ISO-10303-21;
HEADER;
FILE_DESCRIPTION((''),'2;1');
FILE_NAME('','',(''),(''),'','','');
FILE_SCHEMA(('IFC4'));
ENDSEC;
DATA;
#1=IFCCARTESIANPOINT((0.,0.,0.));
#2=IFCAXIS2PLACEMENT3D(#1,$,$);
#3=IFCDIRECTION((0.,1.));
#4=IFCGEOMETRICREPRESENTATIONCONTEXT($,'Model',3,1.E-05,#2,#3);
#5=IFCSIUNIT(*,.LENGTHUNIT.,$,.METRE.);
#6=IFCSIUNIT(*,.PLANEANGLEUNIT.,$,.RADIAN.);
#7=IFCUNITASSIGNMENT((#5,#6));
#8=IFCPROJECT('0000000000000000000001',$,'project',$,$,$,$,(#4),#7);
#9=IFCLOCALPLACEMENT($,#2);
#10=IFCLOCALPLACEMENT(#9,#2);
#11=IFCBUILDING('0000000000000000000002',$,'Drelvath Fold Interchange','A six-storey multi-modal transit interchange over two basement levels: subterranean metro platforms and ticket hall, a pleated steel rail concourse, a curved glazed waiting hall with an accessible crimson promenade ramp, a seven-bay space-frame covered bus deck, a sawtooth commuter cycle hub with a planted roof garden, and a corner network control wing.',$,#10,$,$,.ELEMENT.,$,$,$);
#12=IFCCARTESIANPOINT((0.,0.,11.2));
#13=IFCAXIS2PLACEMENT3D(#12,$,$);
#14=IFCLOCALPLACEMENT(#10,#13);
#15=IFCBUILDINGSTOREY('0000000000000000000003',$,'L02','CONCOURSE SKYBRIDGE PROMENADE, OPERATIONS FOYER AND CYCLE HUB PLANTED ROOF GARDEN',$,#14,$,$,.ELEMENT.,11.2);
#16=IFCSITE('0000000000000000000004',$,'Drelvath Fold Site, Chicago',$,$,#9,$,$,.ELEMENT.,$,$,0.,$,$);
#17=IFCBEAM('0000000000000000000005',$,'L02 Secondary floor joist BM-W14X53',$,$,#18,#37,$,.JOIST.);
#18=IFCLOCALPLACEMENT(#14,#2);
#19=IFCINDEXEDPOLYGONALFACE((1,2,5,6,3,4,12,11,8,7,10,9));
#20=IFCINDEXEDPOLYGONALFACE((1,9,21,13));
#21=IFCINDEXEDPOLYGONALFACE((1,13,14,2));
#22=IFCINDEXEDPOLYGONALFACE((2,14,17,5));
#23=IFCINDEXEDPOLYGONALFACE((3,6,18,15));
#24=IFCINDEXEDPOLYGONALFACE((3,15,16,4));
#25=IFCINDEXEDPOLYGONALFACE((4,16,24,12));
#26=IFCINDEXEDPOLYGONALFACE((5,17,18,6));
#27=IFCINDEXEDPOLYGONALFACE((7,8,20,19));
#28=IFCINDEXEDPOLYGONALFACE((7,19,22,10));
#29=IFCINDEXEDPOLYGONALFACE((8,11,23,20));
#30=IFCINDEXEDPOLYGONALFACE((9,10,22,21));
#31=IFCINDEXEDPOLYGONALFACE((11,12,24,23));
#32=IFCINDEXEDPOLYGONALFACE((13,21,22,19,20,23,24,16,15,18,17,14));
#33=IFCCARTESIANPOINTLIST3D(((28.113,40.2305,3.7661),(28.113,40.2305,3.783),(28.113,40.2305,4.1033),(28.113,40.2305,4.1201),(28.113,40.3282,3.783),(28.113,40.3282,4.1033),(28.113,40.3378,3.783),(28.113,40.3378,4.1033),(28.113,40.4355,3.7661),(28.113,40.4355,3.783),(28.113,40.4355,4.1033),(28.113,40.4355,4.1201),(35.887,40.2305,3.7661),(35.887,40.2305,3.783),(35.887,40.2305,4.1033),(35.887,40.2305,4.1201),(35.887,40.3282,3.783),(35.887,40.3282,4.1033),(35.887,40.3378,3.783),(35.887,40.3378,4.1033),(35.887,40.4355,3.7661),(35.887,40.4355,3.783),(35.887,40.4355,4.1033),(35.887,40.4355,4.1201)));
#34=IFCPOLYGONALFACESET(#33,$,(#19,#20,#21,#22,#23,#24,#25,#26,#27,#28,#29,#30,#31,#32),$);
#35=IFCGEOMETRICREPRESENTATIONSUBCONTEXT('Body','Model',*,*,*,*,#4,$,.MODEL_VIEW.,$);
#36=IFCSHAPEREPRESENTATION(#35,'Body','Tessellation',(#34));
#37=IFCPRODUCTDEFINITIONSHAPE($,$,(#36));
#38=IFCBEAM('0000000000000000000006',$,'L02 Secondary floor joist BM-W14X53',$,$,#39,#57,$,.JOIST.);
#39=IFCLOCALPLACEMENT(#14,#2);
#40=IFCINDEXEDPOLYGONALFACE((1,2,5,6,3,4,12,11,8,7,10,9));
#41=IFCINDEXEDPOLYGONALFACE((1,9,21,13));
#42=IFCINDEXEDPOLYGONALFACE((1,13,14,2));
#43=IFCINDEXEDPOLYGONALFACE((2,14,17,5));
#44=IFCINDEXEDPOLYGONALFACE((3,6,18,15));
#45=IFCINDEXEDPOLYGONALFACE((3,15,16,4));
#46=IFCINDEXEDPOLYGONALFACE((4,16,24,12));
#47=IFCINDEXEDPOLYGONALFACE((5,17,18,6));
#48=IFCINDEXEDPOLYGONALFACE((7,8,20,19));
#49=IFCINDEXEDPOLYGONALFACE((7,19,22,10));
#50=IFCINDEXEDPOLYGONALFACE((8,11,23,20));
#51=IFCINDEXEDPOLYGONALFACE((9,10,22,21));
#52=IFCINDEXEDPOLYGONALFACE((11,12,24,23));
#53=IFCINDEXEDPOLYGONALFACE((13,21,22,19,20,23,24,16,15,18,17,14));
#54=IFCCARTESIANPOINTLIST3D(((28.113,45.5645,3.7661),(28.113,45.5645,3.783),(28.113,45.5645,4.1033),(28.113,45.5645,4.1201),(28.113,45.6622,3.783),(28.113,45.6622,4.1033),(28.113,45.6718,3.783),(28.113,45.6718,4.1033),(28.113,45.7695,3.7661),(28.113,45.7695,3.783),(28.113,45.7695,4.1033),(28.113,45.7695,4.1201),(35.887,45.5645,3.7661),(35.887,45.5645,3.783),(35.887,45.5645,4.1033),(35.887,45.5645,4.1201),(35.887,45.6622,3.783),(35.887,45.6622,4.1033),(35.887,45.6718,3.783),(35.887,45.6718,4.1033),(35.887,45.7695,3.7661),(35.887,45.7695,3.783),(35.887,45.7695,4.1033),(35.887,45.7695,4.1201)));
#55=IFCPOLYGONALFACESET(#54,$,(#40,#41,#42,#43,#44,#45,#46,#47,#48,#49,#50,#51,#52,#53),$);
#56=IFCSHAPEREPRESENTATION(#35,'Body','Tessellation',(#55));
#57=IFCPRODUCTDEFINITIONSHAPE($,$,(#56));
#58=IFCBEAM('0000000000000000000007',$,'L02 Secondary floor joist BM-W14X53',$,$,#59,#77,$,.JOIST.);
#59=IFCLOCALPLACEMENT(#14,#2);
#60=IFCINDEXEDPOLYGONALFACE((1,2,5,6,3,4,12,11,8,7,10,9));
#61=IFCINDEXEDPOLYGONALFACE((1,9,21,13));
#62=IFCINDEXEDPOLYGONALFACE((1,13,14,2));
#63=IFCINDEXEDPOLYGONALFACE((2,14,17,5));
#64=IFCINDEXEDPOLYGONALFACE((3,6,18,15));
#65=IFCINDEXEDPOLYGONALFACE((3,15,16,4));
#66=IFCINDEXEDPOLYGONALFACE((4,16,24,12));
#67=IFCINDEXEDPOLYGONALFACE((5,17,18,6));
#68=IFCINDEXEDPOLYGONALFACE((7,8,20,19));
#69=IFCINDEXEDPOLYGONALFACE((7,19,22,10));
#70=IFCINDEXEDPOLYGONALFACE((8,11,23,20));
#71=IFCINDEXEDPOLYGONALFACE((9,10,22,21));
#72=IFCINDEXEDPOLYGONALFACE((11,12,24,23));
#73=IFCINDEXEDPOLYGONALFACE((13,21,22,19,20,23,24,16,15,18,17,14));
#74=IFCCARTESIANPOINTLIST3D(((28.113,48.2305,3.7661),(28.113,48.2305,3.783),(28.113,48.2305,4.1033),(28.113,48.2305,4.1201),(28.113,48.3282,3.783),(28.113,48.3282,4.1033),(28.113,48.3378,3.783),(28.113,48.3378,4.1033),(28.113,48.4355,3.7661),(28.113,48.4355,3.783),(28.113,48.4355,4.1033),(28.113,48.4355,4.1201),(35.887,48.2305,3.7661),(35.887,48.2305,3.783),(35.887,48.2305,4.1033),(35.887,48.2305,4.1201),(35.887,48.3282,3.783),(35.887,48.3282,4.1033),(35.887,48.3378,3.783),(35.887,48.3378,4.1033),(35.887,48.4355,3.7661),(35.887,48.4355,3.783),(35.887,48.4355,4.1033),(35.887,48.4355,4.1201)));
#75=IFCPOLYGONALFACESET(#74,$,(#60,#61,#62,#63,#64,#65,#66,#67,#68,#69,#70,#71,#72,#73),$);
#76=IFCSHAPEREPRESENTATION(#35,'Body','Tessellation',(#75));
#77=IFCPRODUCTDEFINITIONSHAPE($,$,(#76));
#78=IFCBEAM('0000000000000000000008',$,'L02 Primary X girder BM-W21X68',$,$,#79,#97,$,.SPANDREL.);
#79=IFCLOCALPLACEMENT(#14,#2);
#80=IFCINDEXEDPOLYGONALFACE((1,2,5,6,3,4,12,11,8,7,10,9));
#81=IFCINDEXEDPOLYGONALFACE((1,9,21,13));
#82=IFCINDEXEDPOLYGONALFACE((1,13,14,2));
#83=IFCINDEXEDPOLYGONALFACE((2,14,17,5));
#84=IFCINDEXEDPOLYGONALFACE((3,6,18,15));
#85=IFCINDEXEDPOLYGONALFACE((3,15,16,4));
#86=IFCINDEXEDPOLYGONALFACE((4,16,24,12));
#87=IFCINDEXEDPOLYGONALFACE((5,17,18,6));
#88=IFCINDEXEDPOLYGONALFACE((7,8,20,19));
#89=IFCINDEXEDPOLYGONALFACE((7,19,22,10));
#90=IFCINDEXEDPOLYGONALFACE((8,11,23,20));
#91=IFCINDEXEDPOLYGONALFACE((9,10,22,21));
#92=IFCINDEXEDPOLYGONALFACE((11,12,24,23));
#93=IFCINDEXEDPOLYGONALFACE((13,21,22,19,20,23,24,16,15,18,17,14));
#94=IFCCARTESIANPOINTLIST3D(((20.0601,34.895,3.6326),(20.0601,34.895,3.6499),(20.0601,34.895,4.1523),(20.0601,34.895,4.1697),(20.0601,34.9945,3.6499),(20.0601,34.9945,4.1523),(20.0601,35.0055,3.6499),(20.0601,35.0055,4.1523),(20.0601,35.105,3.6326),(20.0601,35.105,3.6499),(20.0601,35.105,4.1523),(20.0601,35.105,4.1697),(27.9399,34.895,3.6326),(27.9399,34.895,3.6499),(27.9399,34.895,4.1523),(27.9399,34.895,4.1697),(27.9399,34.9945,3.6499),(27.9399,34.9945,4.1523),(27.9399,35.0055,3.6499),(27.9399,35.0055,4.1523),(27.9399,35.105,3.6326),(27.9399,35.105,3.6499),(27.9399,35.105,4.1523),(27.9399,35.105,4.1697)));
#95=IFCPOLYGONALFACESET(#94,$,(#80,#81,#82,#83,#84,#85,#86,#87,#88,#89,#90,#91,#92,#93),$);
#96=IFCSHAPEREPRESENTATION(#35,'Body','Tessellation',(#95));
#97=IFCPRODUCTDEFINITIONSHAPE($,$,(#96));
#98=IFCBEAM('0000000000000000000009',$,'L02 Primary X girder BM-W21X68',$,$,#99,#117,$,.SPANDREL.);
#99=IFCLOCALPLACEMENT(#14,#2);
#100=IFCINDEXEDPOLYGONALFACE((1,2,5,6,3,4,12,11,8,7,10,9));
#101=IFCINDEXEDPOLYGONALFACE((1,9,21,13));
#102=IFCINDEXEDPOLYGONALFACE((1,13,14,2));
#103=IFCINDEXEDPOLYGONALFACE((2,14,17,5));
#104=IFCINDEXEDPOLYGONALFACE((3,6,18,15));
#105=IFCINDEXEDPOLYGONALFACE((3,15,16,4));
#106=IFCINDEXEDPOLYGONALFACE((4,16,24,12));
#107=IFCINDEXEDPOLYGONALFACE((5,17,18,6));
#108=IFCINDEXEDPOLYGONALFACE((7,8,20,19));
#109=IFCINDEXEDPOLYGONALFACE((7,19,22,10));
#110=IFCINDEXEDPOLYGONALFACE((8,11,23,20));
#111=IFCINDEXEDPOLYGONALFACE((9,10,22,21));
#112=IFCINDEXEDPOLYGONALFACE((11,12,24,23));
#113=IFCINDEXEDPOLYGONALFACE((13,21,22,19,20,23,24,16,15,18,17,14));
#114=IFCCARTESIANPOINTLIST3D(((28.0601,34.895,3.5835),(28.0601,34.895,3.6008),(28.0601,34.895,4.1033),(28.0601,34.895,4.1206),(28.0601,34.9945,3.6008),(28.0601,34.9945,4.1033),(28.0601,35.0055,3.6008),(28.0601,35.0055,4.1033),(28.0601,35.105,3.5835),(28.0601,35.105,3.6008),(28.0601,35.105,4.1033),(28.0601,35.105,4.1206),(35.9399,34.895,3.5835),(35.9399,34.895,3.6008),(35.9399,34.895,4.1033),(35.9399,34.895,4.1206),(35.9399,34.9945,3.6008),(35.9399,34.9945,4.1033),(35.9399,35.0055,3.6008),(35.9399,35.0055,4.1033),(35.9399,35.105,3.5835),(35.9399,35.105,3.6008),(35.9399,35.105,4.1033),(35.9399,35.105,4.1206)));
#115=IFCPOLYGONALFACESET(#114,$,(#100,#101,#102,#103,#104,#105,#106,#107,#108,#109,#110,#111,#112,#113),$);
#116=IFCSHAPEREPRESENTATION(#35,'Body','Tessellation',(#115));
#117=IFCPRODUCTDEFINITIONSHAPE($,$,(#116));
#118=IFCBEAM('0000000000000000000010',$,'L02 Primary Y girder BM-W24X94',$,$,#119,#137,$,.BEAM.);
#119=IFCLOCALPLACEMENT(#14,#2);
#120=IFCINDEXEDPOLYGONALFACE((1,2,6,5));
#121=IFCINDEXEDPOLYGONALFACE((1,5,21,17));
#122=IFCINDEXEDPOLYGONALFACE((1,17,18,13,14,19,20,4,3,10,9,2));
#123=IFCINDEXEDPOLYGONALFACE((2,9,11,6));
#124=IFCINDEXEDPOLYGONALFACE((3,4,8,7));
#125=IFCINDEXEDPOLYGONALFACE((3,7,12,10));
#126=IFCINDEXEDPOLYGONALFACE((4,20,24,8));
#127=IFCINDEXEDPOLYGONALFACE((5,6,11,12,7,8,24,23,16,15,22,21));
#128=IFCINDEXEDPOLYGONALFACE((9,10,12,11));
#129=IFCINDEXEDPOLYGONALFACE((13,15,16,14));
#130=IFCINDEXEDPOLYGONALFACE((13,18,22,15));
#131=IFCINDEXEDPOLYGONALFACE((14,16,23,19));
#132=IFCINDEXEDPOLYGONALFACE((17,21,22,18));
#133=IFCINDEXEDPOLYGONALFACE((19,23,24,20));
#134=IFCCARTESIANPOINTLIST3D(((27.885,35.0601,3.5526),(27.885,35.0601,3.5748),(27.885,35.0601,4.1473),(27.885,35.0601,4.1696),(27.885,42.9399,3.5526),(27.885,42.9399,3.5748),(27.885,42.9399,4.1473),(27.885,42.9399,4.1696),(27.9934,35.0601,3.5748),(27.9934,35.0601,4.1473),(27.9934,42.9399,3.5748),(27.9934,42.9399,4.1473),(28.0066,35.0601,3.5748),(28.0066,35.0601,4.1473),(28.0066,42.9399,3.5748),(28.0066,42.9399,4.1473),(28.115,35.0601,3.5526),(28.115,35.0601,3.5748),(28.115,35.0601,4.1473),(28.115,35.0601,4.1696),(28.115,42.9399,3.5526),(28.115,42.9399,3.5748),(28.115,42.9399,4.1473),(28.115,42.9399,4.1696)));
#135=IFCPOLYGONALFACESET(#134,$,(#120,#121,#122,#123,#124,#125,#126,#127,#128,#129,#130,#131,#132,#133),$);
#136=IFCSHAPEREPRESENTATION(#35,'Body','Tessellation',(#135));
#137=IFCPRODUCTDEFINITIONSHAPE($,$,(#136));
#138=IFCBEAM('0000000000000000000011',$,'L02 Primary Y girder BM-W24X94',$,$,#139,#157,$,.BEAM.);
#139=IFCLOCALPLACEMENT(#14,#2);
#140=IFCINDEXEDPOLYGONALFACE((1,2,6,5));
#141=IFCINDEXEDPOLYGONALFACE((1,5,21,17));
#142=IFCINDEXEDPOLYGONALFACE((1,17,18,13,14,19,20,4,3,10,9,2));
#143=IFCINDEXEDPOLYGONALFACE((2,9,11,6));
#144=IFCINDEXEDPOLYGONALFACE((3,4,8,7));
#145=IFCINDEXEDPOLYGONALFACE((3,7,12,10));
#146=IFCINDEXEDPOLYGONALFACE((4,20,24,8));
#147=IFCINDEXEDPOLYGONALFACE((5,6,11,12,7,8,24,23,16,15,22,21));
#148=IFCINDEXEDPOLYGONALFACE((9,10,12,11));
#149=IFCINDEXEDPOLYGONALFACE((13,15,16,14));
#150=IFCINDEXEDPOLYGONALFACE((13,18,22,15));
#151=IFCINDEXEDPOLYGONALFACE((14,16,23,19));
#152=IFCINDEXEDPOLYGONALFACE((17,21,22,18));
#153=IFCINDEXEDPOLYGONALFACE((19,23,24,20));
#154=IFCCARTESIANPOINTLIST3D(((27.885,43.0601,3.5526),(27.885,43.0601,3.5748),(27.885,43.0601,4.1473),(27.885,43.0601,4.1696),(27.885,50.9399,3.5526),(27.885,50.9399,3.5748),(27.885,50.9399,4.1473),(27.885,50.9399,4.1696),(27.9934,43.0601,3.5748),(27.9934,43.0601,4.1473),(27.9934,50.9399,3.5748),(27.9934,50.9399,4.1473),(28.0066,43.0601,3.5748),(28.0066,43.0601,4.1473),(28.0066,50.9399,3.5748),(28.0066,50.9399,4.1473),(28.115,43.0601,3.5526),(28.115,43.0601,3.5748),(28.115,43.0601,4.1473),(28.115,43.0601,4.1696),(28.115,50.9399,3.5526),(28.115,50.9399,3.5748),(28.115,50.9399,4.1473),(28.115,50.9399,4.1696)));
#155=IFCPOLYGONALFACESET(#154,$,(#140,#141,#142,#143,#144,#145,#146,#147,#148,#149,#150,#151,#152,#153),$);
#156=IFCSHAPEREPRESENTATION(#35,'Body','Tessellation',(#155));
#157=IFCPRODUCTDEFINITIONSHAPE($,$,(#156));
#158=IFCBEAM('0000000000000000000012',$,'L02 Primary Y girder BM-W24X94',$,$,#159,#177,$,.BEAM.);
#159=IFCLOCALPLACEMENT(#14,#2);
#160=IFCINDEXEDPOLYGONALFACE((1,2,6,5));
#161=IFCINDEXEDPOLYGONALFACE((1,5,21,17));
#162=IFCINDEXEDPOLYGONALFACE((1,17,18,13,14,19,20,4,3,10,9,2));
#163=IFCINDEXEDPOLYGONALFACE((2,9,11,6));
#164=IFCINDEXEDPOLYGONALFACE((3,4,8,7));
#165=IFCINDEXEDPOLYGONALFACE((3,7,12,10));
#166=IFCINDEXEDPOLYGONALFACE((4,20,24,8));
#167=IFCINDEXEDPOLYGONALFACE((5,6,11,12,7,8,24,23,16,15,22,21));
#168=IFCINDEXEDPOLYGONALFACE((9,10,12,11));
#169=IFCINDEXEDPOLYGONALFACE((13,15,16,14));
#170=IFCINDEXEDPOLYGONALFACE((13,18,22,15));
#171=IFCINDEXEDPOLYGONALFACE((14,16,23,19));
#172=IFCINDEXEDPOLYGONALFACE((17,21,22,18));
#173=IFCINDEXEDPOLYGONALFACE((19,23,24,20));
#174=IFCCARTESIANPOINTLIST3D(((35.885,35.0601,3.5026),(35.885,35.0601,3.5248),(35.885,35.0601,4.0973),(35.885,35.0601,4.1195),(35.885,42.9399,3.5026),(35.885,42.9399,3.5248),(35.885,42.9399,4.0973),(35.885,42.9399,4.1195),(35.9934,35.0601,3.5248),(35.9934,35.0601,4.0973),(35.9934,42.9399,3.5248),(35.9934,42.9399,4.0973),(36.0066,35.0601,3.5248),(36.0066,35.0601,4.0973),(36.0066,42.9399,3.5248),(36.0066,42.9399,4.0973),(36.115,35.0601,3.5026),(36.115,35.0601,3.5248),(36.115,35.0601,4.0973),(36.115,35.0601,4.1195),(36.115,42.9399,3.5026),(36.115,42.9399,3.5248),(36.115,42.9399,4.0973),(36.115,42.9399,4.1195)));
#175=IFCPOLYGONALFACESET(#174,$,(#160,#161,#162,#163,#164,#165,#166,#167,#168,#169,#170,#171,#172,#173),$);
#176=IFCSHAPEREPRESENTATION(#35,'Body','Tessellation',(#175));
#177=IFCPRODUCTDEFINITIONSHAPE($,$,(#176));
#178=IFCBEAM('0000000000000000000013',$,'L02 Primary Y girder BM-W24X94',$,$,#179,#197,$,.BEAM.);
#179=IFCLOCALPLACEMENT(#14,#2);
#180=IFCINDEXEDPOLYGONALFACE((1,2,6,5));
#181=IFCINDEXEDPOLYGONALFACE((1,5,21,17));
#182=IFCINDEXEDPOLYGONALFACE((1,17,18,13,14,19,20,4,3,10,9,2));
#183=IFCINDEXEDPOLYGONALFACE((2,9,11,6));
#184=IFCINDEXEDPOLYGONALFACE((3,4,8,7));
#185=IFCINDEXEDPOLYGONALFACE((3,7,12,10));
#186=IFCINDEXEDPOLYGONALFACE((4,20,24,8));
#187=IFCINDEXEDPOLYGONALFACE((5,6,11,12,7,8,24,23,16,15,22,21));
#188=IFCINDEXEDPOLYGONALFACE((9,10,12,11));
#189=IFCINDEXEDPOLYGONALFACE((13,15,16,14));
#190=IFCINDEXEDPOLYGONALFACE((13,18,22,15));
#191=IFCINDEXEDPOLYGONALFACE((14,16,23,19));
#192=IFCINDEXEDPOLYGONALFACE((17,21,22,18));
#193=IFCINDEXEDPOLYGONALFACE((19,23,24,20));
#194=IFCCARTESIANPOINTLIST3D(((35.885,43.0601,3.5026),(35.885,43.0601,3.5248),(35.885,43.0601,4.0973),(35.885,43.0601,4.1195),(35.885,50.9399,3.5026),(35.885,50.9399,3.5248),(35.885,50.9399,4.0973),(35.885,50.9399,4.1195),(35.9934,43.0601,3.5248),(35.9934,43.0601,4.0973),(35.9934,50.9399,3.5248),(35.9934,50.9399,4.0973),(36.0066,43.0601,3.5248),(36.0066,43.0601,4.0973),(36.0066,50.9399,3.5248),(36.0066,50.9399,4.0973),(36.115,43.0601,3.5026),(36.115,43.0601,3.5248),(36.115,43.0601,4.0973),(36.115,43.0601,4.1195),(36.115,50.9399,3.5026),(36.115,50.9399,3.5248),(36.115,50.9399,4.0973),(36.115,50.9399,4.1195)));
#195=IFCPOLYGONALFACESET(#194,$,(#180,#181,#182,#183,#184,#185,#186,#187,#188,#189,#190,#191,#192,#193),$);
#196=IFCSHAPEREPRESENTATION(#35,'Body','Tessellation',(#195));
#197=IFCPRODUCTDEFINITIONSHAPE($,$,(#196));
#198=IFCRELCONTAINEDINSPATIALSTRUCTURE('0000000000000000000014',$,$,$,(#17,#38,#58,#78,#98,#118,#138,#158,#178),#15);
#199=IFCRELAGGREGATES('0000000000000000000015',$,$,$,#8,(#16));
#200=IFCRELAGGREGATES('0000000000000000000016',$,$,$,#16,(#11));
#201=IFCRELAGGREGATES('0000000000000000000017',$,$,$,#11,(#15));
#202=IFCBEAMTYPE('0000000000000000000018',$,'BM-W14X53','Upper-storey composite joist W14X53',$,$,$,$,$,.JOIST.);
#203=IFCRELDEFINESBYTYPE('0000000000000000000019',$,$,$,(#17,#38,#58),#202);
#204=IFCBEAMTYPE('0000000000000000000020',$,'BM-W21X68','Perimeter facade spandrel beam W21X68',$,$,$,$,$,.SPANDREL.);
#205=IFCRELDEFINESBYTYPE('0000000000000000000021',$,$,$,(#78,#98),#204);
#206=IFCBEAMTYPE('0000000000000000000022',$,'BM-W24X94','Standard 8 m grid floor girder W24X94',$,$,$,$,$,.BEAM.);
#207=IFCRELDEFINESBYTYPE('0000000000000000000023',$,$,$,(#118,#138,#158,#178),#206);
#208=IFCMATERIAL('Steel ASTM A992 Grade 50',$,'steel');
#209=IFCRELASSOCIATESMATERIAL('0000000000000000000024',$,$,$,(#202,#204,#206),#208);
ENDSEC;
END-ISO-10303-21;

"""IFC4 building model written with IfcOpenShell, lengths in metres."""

from ifc_helpers import new_model, si_unit, direction, frame, origin, origin_2d, place, context, subcontext, project, spatial, i_section, extrude, material, material_profile, profile_set, type_object, element, save


model = new_model("IFC4")

# Units and contexts
model_context = context("Model", 3, precision=1e-05, world=origin(), true_north=direction((0.0, 1.0)))
body_context = subcontext(model_context, "Body", "Model", "MODEL_VIEW")
ifc_project = project(units=[si_unit("LENGTHUNIT", "METRE"), si_unit("PLANEANGLEUNIT", "RADIAN")], contexts=[model_context])

# Site, building, storey
site_placement = place(None, origin())
site = spatial("IfcSite", under=ifc_project, at=site_placement, Name="Drelvath Fold Site, Chicago", CompositionType="ELEMENT", RefElevation=0.0)
building_placement = place(site_placement, origin())
building = spatial("IfcBuilding", under=site, at=building_placement, Name="Drelvath Fold Interchange", Description="A six-storey multi-modal transit interchange over two basement levels: subterranean metro platforms and ticket hall, a pleated steel rail concourse, a curved glazed waiting hall with an accessible crimson promenade ramp, a seven-bay space-frame covered bus deck, a sawtooth commuter cycle hub with a planted roof garden, and a corner network control wing.", CompositionType="ELEMENT")
storey_placement = place(building_placement, frame((0.0, 0.0, 11.2)))
storey = spatial("IfcBuildingStorey", under=building, at=storey_placement, Name="L02", Description="CONCOURSE SKYBRIDGE PROMENADE, OPERATIONS FOYER AND CYCLE HUB PLANTED ROOF GARDEN", CompositionType="ELEMENT", Elevation=11.2)

# Shared definitions
ifc_material_1 = material(Name="Steel ASTM A992 Grade 50", Category="steel")

# Beams
ifc_material_profile_1 = material_profile(ifc_material_1, i_section(OverallWidth=0.2051, OverallDepth=0.354, WebThickness=0.0095, FlangeThickness=0.0168, at=origin_2d()), Name="W14X53")
ifc_profile_set_1 = profile_set([ifc_material_profile_1], Name="Steel ASTM A992 Grade 50")
beam_type_1 = type_object("IfcBeamType", Name="BM-W14X53", Description="Upper-storey composite joist W14X53", PredefinedType="JOIST", material=ifc_profile_set_1)
for number, where, z_axis, x_axis, name in (
    (1, (28.113, 40.333, 3.9431), (1.0, 0.0, 0.0), (0.0, 1.0, 0.0), "L02 Secondary floor joist BM-W14X53"),
    (2, (28.113, 45.667, 3.9431), (1.0, 0.0, 0.0), (0.0, 1.0, 0.0), "L02 Secondary floor joist BM-W14X53"),
    (3, (28.113, 48.333, 3.9431), (1.0, 0.0, 0.0), (0.0, 1.0, 0.0), "L02 Secondary floor joist BM-W14X53"),
):
    element("IfcBeam", number, at=place(storey_placement, frame(where, z_axis=z_axis, x_axis=x_axis)), inside=storey, type_object=beam_type_1, Name=name, PredefinedType="JOIST", context=body_context, shape_type="SweptSolid", body=[
        extrude(i_section(OverallWidth=0.2051, OverallDepth=0.354, WebThickness=0.0095, FlangeThickness=0.0168, at=origin_2d()), origin(), (0.0, 0.0, 1.0), 7.7739),
    ])
ifc_material_profile_2 = material_profile(ifc_material_1, i_section(OverallWidth=0.21, OverallDepth=0.5371, WebThickness=0.011, FlangeThickness=0.0173, at=origin_2d()), Name="W21X68")
ifc_profile_set_2 = profile_set([ifc_material_profile_2], Name="Steel ASTM A992 Grade 50")
beam_type_2 = type_object("IfcBeamType", Name="BM-W21X68", Description="Perimeter facade spandrel beam W21X68", PredefinedType="SPANDREL", material=ifc_profile_set_2)
for number, where, z_axis, x_axis, name in (
    (4, (20.0601, 35.0, 3.9011), (1.0, 0.0, 0.0), (0.0, 1.0, 0.0), "L02 Primary X girder BM-W21X68"),
    (5, (28.0601, 35.0, 3.8521), (1.0, 0.0, 0.0), (0.0, 1.0, 0.0), "L02 Primary X girder BM-W21X68"),
):
    element("IfcBeam", number, at=place(storey_placement, frame(where, z_axis=z_axis, x_axis=x_axis)), inside=storey, type_object=beam_type_2, Name=name, PredefinedType="SPANDREL", context=body_context, shape_type="SweptSolid", body=[
        extrude(i_section(OverallWidth=0.21, OverallDepth=0.5371, WebThickness=0.011, FlangeThickness=0.0173, at=origin_2d()), origin(), (0.0, 0.0, 1.0), 7.8799),
    ])
ifc_material_profile_3 = material_profile(ifc_material_1, i_section(OverallWidth=0.23, OverallDepth=0.6169, WebThickness=0.0132, FlangeThickness=0.0222, at=origin_2d()), Name="W24X94")
ifc_profile_set_3 = profile_set([ifc_material_profile_3], Name="Steel ASTM A992 Grade 50")
beam_type_3 = type_object("IfcBeamType", Name="BM-W24X94", Description="Standard 8 m grid floor girder W24X94", PredefinedType="BEAM", material=ifc_profile_set_3)
for number, where, z_axis, x_axis, name in (
    (6, (28.0, 35.0601, 3.8611), (0.0, 1.0, 0.0), (-1.0, 0.0, 0.0), "L02 Primary Y girder BM-W24X94"),
    (7, (28.0, 43.0601, 3.8611), (0.0, 1.0, 0.0), (-1.0, 0.0, 0.0), "L02 Primary Y girder BM-W24X94"),
    (8, (36.0, 35.0601, 3.811), (0.0, 1.0, 0.0), (-1.0, 0.0, 0.0), "L02 Primary Y girder BM-W24X94"),
    (9, (36.0, 43.0601, 3.811), (0.0, 1.0, 0.0), (-1.0, 0.0, 0.0), "L02 Primary Y girder BM-W24X94"),
):
    element("IfcBeam", number, at=place(storey_placement, frame(where, z_axis=z_axis, x_axis=x_axis)), inside=storey, type_object=beam_type_3, Name=name, PredefinedType="BEAM", context=body_context, shape_type="SweptSolid", body=[
        extrude(i_section(OverallWidth=0.23, OverallDepth=0.6169, WebThickness=0.0132, FlangeThickness=0.0222, at=origin_2d()), origin(), (0.0, 0.0, 1.0), 7.8799),
    ])

save(model, "model.ifc")
